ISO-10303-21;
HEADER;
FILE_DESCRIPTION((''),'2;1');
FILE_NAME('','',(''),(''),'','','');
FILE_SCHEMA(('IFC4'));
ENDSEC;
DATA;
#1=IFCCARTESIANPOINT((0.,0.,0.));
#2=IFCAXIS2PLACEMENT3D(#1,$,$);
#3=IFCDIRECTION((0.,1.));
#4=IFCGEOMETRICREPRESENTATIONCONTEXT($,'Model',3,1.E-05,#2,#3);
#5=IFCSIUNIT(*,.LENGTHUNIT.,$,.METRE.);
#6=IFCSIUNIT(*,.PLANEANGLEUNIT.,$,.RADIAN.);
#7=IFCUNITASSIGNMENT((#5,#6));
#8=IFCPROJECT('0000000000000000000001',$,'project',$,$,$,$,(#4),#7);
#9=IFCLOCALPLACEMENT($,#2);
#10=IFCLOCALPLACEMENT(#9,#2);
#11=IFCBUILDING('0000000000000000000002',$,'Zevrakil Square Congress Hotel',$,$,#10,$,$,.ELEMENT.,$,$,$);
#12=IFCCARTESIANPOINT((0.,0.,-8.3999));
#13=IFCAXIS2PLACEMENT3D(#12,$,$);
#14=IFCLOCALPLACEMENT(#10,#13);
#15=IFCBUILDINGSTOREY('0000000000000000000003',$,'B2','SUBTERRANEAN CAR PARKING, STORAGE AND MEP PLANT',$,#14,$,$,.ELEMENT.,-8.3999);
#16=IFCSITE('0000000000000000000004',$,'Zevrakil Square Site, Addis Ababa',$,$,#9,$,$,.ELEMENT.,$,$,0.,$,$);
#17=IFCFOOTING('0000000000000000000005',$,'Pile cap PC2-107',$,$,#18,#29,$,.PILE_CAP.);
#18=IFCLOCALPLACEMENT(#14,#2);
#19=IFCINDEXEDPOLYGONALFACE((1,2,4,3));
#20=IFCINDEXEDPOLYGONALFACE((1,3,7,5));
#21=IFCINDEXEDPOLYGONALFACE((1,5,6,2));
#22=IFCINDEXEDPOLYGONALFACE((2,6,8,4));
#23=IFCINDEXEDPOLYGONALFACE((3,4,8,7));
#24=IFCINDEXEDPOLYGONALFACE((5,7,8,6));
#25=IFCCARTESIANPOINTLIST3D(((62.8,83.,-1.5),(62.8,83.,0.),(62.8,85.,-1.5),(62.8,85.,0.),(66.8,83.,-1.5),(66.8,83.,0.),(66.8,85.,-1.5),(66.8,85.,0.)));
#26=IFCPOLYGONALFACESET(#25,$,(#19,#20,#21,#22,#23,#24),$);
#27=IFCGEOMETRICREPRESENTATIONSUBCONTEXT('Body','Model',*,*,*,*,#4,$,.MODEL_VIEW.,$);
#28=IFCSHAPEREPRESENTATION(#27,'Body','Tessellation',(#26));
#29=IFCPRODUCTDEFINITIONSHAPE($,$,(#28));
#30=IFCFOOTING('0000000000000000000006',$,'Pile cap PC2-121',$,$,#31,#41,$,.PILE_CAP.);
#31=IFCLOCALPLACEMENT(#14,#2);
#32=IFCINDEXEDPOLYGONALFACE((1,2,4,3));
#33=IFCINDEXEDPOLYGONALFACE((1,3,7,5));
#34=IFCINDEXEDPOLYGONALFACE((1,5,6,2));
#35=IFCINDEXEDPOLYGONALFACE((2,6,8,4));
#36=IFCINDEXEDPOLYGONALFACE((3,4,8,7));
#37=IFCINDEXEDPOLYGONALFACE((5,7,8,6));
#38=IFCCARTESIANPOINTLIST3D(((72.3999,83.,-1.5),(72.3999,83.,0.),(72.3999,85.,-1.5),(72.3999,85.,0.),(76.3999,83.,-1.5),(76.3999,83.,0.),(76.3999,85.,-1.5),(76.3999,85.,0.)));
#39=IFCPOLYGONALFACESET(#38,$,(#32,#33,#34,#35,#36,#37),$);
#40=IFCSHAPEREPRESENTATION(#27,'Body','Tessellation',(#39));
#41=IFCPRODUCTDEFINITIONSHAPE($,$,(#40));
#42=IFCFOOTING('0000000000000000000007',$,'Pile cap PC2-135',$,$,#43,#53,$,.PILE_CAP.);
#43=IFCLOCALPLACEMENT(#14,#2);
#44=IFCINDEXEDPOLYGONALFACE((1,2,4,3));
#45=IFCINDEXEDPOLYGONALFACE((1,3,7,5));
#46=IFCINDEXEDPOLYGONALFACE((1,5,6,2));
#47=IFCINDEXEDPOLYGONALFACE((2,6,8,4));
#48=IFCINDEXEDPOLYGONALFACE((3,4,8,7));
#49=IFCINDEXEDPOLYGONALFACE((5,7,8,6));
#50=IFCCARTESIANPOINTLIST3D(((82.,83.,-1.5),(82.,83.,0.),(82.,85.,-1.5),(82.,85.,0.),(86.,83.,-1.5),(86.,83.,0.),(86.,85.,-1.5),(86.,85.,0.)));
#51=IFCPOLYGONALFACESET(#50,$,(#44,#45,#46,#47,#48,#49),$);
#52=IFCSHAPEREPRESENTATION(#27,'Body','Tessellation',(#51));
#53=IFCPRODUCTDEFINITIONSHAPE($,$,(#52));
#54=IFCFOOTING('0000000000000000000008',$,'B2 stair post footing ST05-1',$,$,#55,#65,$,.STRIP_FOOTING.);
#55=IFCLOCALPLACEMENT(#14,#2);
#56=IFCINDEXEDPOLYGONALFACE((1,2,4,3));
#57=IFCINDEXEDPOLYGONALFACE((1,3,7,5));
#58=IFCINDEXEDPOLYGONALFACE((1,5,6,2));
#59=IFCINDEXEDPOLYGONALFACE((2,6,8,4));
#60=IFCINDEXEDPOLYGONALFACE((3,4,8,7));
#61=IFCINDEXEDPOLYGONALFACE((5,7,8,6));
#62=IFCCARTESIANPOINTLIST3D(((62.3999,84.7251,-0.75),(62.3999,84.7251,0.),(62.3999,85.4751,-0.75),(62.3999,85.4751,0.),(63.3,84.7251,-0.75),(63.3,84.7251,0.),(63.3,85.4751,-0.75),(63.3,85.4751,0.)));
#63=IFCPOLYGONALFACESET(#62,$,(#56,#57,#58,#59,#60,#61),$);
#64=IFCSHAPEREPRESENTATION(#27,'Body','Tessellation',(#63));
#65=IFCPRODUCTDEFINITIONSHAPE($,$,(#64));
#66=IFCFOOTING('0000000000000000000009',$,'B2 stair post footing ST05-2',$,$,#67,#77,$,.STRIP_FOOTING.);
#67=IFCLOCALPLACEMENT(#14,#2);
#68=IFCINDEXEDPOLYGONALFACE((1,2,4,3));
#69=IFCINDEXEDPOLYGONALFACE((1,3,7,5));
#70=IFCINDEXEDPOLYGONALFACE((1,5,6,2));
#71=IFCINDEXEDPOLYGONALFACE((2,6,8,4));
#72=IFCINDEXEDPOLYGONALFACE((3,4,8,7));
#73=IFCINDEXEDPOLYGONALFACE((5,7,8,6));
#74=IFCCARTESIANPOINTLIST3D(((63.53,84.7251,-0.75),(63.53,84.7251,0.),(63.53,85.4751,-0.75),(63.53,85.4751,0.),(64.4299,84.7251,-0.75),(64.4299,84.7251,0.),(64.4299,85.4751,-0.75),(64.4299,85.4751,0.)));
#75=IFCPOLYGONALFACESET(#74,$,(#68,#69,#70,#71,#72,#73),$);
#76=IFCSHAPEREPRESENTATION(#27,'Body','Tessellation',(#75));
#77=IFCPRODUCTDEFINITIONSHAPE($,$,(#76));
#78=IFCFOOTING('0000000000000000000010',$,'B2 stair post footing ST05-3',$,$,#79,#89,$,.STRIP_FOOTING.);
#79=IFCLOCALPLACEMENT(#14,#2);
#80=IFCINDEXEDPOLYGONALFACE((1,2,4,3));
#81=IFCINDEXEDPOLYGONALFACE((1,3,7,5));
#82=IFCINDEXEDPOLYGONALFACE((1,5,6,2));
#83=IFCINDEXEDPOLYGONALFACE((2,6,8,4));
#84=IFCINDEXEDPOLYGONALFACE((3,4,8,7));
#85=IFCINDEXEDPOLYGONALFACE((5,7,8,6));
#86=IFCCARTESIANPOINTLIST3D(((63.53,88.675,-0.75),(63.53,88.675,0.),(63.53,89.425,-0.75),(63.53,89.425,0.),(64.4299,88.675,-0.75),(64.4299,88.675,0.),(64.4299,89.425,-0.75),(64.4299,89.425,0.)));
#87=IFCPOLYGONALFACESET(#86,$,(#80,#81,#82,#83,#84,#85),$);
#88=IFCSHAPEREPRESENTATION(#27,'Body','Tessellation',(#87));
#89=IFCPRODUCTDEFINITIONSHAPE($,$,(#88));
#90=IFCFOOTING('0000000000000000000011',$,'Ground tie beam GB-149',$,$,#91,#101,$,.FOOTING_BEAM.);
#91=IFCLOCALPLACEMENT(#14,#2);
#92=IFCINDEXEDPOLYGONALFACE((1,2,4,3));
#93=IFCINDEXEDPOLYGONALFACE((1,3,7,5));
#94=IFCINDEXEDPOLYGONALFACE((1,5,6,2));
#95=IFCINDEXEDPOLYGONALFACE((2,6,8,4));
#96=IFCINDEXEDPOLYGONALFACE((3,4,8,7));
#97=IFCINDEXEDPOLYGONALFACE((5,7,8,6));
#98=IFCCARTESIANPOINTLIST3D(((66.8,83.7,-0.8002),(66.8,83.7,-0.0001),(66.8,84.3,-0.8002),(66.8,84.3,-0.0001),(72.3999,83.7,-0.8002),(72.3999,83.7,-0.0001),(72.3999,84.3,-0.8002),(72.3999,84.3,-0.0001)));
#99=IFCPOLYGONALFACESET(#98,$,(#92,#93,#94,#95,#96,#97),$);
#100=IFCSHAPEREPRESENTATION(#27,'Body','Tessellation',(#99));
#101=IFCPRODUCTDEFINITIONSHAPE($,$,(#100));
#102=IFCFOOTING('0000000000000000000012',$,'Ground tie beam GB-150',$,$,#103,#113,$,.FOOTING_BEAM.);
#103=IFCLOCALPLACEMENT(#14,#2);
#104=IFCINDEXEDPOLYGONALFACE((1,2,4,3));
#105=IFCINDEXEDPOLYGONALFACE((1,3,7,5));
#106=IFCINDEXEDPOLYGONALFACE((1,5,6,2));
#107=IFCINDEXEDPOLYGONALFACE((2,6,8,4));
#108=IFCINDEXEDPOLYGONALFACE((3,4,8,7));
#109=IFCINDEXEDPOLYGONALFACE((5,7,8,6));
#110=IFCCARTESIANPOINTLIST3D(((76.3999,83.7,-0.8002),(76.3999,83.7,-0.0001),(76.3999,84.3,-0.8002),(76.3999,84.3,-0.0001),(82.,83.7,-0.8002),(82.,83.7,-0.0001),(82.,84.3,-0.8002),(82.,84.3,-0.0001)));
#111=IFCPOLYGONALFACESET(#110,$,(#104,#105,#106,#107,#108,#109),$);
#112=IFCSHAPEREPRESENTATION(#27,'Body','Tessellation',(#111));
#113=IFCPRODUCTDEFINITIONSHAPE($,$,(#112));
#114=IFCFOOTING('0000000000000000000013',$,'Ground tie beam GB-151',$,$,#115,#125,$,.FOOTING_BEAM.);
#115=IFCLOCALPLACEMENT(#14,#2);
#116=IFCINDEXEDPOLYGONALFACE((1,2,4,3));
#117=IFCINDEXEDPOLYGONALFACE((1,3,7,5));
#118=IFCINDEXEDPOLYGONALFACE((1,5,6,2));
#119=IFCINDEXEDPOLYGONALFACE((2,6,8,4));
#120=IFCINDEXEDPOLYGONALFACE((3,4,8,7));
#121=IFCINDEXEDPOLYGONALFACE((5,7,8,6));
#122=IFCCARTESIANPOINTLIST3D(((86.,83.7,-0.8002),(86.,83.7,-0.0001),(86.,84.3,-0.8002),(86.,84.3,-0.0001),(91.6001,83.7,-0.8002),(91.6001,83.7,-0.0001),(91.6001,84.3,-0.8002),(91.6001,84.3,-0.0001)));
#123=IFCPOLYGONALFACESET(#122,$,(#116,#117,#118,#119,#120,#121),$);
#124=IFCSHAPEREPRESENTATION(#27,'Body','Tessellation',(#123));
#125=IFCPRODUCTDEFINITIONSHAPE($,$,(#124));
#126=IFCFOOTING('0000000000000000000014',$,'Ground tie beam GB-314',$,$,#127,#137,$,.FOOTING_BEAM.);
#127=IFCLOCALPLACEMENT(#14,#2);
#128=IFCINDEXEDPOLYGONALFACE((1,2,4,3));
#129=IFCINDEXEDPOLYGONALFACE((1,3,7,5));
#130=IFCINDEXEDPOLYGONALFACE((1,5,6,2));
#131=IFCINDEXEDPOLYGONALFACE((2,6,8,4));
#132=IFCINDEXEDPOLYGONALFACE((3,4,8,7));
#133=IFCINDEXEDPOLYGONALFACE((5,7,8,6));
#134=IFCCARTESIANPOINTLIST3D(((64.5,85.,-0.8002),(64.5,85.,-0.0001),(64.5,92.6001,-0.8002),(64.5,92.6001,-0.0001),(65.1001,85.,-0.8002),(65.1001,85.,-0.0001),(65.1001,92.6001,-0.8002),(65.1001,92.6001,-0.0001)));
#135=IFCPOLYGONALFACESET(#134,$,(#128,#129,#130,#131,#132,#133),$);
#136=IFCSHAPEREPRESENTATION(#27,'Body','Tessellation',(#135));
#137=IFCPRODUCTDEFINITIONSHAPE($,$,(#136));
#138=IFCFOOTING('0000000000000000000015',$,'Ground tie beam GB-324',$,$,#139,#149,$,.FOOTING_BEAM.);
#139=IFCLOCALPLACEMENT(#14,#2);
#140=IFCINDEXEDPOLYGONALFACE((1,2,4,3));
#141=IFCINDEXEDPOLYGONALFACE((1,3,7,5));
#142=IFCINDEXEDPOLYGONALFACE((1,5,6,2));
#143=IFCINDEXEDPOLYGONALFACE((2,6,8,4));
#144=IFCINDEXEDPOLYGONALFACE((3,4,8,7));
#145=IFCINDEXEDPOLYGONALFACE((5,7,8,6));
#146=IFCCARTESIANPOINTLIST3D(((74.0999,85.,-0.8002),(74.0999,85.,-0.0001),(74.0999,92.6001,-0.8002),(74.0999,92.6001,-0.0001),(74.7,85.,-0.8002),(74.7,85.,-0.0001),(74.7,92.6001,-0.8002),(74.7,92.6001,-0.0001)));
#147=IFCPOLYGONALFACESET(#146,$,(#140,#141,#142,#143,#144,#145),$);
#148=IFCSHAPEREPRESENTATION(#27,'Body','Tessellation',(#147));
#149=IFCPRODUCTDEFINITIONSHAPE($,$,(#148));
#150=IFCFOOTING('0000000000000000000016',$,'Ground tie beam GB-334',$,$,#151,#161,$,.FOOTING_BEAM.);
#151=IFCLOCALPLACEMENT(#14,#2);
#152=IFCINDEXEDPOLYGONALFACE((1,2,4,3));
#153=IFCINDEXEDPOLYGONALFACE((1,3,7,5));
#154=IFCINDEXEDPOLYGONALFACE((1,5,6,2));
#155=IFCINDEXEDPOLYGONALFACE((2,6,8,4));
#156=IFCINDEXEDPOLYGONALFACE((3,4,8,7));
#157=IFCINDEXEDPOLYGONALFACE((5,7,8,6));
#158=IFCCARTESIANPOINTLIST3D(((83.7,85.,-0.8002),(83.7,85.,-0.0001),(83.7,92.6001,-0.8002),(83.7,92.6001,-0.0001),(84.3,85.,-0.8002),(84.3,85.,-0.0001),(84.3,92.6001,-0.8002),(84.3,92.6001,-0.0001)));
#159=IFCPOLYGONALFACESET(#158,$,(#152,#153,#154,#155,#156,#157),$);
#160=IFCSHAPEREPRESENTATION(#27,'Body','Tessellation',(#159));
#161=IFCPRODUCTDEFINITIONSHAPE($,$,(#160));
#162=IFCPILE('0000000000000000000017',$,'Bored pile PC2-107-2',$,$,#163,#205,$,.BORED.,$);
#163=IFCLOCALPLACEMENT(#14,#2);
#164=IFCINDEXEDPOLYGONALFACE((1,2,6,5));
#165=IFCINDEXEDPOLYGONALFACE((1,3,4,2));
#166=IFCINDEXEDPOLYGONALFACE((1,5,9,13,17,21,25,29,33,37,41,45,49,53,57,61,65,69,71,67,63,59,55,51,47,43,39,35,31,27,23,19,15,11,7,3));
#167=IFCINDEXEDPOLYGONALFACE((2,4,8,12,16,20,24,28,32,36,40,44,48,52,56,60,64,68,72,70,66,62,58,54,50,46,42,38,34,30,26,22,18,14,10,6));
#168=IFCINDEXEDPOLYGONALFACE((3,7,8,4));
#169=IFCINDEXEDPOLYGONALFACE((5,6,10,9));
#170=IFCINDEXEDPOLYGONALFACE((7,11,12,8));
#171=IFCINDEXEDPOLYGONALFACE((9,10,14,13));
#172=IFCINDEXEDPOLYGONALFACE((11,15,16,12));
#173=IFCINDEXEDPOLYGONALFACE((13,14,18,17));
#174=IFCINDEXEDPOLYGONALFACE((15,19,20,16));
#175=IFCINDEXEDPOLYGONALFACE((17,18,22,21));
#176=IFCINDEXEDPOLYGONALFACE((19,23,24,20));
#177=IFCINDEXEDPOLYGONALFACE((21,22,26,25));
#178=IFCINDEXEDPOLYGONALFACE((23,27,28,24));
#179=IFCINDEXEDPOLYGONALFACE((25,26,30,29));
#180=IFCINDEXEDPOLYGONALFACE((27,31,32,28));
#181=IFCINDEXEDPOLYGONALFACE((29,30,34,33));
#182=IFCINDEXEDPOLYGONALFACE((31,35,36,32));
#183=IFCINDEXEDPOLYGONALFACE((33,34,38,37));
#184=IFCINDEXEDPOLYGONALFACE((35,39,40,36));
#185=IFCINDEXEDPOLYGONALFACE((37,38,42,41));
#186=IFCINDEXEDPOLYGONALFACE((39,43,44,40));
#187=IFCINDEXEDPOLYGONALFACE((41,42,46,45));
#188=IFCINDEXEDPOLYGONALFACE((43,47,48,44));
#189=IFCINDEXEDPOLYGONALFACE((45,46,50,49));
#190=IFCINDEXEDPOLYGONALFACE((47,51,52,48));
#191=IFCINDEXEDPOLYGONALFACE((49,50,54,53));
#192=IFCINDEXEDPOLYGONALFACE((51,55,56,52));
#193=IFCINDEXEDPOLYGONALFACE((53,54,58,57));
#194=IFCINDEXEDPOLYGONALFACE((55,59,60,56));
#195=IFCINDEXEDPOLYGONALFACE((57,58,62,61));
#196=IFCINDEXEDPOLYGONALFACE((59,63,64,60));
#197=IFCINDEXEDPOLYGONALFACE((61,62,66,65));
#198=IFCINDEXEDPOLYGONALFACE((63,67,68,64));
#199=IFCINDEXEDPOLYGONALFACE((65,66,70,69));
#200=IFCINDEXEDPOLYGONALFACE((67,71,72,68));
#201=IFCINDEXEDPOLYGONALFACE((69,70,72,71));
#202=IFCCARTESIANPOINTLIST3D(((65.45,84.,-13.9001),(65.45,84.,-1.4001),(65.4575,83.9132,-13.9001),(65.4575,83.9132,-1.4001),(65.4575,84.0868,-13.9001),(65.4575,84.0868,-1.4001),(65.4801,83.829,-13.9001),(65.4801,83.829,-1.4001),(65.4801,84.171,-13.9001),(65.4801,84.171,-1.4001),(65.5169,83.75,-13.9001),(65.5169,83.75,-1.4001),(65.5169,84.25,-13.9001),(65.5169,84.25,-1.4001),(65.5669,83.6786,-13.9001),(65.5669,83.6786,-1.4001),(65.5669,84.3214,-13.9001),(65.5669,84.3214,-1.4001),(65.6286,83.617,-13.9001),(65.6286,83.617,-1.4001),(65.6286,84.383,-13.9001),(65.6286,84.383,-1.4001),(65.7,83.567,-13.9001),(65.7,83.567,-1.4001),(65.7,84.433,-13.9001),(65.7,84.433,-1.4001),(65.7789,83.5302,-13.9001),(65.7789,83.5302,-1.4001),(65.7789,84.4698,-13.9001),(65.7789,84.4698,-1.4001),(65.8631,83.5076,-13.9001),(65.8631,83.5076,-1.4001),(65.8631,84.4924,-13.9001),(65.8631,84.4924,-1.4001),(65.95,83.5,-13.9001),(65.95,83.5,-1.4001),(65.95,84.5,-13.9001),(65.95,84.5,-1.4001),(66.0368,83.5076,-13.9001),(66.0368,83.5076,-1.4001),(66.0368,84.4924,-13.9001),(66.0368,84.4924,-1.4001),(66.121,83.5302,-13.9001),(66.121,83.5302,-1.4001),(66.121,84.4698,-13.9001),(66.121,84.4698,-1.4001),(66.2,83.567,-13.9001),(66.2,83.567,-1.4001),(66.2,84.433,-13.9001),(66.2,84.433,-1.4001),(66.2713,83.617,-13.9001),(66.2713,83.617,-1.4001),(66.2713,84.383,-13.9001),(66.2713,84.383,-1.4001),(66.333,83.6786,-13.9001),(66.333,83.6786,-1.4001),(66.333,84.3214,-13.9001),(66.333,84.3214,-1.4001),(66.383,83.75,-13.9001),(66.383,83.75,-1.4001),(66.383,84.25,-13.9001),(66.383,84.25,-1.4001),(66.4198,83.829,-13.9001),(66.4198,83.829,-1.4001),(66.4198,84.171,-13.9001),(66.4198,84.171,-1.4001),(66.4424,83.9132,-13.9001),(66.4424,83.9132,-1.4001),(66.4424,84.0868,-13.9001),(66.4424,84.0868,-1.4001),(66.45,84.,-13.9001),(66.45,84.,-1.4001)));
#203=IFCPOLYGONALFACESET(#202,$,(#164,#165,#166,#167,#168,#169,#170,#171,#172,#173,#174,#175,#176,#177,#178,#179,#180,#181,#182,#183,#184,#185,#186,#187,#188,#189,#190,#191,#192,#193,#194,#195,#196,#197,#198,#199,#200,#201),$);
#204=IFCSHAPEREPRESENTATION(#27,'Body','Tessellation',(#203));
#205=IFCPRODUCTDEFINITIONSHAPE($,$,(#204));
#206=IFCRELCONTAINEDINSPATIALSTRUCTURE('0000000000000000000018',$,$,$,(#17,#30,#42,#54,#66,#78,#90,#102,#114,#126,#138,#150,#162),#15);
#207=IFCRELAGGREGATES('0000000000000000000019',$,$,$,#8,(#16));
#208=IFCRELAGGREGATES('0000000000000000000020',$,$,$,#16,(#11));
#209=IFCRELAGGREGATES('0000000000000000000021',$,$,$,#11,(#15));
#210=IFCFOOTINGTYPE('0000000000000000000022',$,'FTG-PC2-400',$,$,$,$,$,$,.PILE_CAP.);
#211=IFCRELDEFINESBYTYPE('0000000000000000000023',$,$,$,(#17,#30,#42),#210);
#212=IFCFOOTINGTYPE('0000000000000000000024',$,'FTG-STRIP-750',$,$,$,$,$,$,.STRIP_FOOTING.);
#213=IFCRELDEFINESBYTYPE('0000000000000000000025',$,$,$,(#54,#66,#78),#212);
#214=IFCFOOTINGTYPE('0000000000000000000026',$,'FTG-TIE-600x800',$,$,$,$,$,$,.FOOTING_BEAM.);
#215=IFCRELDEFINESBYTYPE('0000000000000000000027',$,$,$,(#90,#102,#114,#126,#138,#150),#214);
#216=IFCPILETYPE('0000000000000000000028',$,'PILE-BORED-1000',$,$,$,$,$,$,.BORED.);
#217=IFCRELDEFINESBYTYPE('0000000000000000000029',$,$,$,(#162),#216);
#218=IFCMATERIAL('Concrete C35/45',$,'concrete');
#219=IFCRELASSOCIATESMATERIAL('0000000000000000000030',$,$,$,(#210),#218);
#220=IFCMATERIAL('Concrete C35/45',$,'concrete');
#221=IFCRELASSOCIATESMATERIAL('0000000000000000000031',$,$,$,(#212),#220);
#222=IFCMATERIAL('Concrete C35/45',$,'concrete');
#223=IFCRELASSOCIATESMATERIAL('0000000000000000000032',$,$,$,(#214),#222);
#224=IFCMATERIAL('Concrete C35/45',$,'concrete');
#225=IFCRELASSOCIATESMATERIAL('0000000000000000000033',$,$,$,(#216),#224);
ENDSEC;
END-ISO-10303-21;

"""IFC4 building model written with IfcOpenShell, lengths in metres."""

from ifc_helpers import new_model, si_unit, direction, frame, origin, origin_2d, place, context, subcontext, project, spatial, rectangle, circle, extrude, material, material_profile, profile_set, type_object, element, save


model = new_model("IFC4")

# Units and contexts
model_context = context("Model", 3, precision=1e-05, world=origin(), true_north=direction((0.0, 1.0)))
body_context = subcontext(model_context, "Body", "Model", "MODEL_VIEW")
ifc_project = project(units=[si_unit("LENGTHUNIT", "METRE"), si_unit("PLANEANGLEUNIT", "RADIAN")], contexts=[model_context])

# Site, building, storey
site_placement = place(None, origin())
site = spatial("IfcSite", under=ifc_project, at=site_placement, Name="Zevrakil Square Site, Addis Ababa", CompositionType="ELEMENT", RefElevation=0.0)
building_placement = place(site_placement, origin())
building = spatial("IfcBuilding", under=site, at=building_placement, Name="Zevrakil Square Congress Hotel", CompositionType="ELEMENT")
storey_placement = place(building_placement, frame((0.0, 0.0, -8.3999)))
storey = spatial("IfcBuildingStorey", under=building, at=storey_placement, Name="B2", Description="SUBTERRANEAN CAR PARKING, STORAGE AND MEP PLANT", CompositionType="ELEMENT", Elevation=-8.3999)

# Footings
ifc_material_1 = material(Name="Concrete C35/45", Category="concrete")
footing_type_1 = type_object("IfcFootingType", Name="FTG-PC2-400", PredefinedType="PILE_CAP", material=ifc_material_1)
for number, where, z_axis, x_axis, name in (
    (1, (64.8, 84.0, -1.5), (0.0, 0.0, 1.0), (1.0, 0.0, 0.0), "Pile cap PC2-107"),
    (2, (74.3999, 84.0, -1.5), (0.0, 0.0, 1.0), (1.0, 0.0, 0.0), "Pile cap PC2-121"),
    (3, (84.0, 84.0, -1.5), (0.0, 0.0, 1.0), (1.0, 0.0, 0.0), "Pile cap PC2-135"),
):
    element("IfcFooting", number, at=place(storey_placement, frame(where, z_axis=z_axis, x_axis=x_axis)), inside=storey, type_object=footing_type_1, Name=name, PredefinedType="PILE_CAP", context=body_context, shape_type="SweptSolid", body=[
        extrude(rectangle(XDim=4.0, YDim=2.0, at=origin_2d()), origin(), (0.0, 0.0, 1.0), 1.5),
    ])
ifc_material_2 = material(Name="Concrete C35/45", Category="concrete")
ifc_material_profile_1 = material_profile(ifc_material_2, rectangle(XDim=0.75, YDim=0.75, at=origin_2d()), Name="RC 750x750")
ifc_profile_set_1 = profile_set([ifc_material_profile_1], Name="Concrete C35/45")
footing_type_2 = type_object("IfcFootingType", Name="FTG-STRIP-750", PredefinedType="STRIP_FOOTING", material=ifc_profile_set_1)
footing_1_placement = place(storey_placement, frame((62.3999, 85.1001, -0.375), z_axis=(1.0, 0.0, 0.0), x_axis=(0.0, 1.0, 0.0)))
element("IfcFooting", 4, at=footing_1_placement, inside=storey, type_object=footing_type_2, Name="B2 stair post footing ST05-1", PredefinedType="STRIP_FOOTING", context=body_context, shape_type="SweptSolid", body=[
    extrude(rectangle(XDim=0.75, YDim=0.75, at=origin_2d()), origin(), (0.0, 0.0, 1.0), 0.9001),
])
for number, where, z_axis, x_axis, name in (
    (5, (63.53, 85.1001, -0.375), (1.0, 0.0, 0.0), (0.0, 1.0, 0.0), "B2 stair post footing ST05-2"),
    (6, (63.53, 89.05, -0.375), (1.0, 0.0, 0.0), (0.0, 1.0, 0.0), "B2 stair post footing ST05-3"),
):
    element("IfcFooting", number, at=place(storey_placement, frame(where, z_axis=z_axis, x_axis=x_axis)), inside=storey, type_object=footing_type_2, Name=name, PredefinedType="STRIP_FOOTING", context=body_context, shape_type="SweptSolid", body=[
        extrude(rectangle(XDim=0.75, YDim=0.75, at=origin_2d()), origin(), (0.0, 0.0, 1.0), 0.8999),
    ])
ifc_material_3 = material(Name="Concrete C35/45", Category="concrete")
ifc_material_profile_2 = material_profile(ifc_material_3, rectangle(XDim=0.6001, YDim=0.8, at=origin_2d()), Name="RC 600x800")
ifc_profile_set_2 = profile_set([ifc_material_profile_2], Name="Concrete C35/45")
footing_type_3 = type_object("IfcFootingType", Name="FTG-TIE-600x800", PredefinedType="FOOTING_BEAM", material=ifc_profile_set_2)
footing_2_placement = place(storey_placement, frame((66.8, 84.0, -0.4001), z_axis=(1.0, 0.0, 0.0), x_axis=(0.0, 1.0, 0.0)))
element("IfcFooting", 7, at=footing_2_placement, inside=storey, type_object=footing_type_3, Name="Ground tie beam GB-149", PredefinedType="FOOTING_BEAM", context=body_context, shape_type="SweptSolid", body=[
    extrude(rectangle(XDim=0.6001, YDim=0.8, at=origin_2d()), origin(), (0.0, 0.0, 1.0), 5.5999),
])
for number, where, z_axis, x_axis, name in (
    (8, (76.3999, 84.0, -0.4001), (1.0, 0.0, 0.0), (0.0, 1.0, 0.0), "Ground tie beam GB-150"),
    (9, (86.0, 84.0, -0.4001), (1.0, 0.0, 0.0), (0.0, 1.0, 0.0), "Ground tie beam GB-151"),
):
    element("IfcFooting", number, at=place(storey_placement, frame(where, z_axis=z_axis, x_axis=x_axis)), inside=storey, type_object=footing_type_3, Name=name, PredefinedType="FOOTING_BEAM", context=body_context, shape_type="SweptSolid", body=[
        extrude(rectangle(XDim=0.6001, YDim=0.8, at=origin_2d()), origin(), (0.0, 0.0, 1.0), 5.6001),
    ])
for number, where, z_axis, x_axis, name in (
    (10, (64.8, 85.0, -0.4001), (0.0, 1.0, 0.0), (-1.0, 0.0, 0.0), "Ground tie beam GB-314"),
    (11, (74.3999, 85.0, -0.4001), (0.0, 1.0, 0.0), (-1.0, 0.0, 0.0), "Ground tie beam GB-324"),
    (12, (84.0, 85.0, -0.4001), (0.0, 1.0, 0.0), (-1.0, 0.0, 0.0), "Ground tie beam GB-334"),
):
    element("IfcFooting", number, at=place(storey_placement, frame(where, z_axis=z_axis, x_axis=x_axis)), inside=storey, type_object=footing_type_3, Name=name, PredefinedType="FOOTING_BEAM", context=body_context, shape_type="SweptSolid", body=[
        extrude(rectangle(XDim=0.6001, YDim=0.8, at=origin_2d()), origin(), (0.0, 0.0, 1.0), 7.6001),
    ])

# Pile
ifc_material_4 = material(Name="Concrete C35/45", Category="concrete")
ifc_material_profile_3 = material_profile(ifc_material_4, circle(Radius=0.5, at=origin_2d()), Name="PILE D1000")
ifc_profile_set_3 = profile_set([ifc_material_profile_3], Name="Concrete C35/45")
pile_type = type_object("IfcPileType", Name="PILE-BORED-1000", PredefinedType="BORED", material=ifc_profile_set_3)
for number, where, z_axis, x_axis, name in (
    (13, (65.95, 84.0, -1.4001), (0.0, 0.0, -1.0), (1.0, 0.0, 0.0), "Bored pile PC2-107-2"),
):
    element("IfcPile", number, at=place(storey_placement, frame(where, z_axis=z_axis, x_axis=x_axis)), inside=storey, type_object=pile_type, Name=name, PredefinedType="BORED", context=body_context, shape_type="SweptSolid", body=[
        extrude(circle(Radius=0.5, at=origin_2d()), origin(), (0.0, 0.0, 1.0), 12.5),
    ])

save(model, "model.ifc")
